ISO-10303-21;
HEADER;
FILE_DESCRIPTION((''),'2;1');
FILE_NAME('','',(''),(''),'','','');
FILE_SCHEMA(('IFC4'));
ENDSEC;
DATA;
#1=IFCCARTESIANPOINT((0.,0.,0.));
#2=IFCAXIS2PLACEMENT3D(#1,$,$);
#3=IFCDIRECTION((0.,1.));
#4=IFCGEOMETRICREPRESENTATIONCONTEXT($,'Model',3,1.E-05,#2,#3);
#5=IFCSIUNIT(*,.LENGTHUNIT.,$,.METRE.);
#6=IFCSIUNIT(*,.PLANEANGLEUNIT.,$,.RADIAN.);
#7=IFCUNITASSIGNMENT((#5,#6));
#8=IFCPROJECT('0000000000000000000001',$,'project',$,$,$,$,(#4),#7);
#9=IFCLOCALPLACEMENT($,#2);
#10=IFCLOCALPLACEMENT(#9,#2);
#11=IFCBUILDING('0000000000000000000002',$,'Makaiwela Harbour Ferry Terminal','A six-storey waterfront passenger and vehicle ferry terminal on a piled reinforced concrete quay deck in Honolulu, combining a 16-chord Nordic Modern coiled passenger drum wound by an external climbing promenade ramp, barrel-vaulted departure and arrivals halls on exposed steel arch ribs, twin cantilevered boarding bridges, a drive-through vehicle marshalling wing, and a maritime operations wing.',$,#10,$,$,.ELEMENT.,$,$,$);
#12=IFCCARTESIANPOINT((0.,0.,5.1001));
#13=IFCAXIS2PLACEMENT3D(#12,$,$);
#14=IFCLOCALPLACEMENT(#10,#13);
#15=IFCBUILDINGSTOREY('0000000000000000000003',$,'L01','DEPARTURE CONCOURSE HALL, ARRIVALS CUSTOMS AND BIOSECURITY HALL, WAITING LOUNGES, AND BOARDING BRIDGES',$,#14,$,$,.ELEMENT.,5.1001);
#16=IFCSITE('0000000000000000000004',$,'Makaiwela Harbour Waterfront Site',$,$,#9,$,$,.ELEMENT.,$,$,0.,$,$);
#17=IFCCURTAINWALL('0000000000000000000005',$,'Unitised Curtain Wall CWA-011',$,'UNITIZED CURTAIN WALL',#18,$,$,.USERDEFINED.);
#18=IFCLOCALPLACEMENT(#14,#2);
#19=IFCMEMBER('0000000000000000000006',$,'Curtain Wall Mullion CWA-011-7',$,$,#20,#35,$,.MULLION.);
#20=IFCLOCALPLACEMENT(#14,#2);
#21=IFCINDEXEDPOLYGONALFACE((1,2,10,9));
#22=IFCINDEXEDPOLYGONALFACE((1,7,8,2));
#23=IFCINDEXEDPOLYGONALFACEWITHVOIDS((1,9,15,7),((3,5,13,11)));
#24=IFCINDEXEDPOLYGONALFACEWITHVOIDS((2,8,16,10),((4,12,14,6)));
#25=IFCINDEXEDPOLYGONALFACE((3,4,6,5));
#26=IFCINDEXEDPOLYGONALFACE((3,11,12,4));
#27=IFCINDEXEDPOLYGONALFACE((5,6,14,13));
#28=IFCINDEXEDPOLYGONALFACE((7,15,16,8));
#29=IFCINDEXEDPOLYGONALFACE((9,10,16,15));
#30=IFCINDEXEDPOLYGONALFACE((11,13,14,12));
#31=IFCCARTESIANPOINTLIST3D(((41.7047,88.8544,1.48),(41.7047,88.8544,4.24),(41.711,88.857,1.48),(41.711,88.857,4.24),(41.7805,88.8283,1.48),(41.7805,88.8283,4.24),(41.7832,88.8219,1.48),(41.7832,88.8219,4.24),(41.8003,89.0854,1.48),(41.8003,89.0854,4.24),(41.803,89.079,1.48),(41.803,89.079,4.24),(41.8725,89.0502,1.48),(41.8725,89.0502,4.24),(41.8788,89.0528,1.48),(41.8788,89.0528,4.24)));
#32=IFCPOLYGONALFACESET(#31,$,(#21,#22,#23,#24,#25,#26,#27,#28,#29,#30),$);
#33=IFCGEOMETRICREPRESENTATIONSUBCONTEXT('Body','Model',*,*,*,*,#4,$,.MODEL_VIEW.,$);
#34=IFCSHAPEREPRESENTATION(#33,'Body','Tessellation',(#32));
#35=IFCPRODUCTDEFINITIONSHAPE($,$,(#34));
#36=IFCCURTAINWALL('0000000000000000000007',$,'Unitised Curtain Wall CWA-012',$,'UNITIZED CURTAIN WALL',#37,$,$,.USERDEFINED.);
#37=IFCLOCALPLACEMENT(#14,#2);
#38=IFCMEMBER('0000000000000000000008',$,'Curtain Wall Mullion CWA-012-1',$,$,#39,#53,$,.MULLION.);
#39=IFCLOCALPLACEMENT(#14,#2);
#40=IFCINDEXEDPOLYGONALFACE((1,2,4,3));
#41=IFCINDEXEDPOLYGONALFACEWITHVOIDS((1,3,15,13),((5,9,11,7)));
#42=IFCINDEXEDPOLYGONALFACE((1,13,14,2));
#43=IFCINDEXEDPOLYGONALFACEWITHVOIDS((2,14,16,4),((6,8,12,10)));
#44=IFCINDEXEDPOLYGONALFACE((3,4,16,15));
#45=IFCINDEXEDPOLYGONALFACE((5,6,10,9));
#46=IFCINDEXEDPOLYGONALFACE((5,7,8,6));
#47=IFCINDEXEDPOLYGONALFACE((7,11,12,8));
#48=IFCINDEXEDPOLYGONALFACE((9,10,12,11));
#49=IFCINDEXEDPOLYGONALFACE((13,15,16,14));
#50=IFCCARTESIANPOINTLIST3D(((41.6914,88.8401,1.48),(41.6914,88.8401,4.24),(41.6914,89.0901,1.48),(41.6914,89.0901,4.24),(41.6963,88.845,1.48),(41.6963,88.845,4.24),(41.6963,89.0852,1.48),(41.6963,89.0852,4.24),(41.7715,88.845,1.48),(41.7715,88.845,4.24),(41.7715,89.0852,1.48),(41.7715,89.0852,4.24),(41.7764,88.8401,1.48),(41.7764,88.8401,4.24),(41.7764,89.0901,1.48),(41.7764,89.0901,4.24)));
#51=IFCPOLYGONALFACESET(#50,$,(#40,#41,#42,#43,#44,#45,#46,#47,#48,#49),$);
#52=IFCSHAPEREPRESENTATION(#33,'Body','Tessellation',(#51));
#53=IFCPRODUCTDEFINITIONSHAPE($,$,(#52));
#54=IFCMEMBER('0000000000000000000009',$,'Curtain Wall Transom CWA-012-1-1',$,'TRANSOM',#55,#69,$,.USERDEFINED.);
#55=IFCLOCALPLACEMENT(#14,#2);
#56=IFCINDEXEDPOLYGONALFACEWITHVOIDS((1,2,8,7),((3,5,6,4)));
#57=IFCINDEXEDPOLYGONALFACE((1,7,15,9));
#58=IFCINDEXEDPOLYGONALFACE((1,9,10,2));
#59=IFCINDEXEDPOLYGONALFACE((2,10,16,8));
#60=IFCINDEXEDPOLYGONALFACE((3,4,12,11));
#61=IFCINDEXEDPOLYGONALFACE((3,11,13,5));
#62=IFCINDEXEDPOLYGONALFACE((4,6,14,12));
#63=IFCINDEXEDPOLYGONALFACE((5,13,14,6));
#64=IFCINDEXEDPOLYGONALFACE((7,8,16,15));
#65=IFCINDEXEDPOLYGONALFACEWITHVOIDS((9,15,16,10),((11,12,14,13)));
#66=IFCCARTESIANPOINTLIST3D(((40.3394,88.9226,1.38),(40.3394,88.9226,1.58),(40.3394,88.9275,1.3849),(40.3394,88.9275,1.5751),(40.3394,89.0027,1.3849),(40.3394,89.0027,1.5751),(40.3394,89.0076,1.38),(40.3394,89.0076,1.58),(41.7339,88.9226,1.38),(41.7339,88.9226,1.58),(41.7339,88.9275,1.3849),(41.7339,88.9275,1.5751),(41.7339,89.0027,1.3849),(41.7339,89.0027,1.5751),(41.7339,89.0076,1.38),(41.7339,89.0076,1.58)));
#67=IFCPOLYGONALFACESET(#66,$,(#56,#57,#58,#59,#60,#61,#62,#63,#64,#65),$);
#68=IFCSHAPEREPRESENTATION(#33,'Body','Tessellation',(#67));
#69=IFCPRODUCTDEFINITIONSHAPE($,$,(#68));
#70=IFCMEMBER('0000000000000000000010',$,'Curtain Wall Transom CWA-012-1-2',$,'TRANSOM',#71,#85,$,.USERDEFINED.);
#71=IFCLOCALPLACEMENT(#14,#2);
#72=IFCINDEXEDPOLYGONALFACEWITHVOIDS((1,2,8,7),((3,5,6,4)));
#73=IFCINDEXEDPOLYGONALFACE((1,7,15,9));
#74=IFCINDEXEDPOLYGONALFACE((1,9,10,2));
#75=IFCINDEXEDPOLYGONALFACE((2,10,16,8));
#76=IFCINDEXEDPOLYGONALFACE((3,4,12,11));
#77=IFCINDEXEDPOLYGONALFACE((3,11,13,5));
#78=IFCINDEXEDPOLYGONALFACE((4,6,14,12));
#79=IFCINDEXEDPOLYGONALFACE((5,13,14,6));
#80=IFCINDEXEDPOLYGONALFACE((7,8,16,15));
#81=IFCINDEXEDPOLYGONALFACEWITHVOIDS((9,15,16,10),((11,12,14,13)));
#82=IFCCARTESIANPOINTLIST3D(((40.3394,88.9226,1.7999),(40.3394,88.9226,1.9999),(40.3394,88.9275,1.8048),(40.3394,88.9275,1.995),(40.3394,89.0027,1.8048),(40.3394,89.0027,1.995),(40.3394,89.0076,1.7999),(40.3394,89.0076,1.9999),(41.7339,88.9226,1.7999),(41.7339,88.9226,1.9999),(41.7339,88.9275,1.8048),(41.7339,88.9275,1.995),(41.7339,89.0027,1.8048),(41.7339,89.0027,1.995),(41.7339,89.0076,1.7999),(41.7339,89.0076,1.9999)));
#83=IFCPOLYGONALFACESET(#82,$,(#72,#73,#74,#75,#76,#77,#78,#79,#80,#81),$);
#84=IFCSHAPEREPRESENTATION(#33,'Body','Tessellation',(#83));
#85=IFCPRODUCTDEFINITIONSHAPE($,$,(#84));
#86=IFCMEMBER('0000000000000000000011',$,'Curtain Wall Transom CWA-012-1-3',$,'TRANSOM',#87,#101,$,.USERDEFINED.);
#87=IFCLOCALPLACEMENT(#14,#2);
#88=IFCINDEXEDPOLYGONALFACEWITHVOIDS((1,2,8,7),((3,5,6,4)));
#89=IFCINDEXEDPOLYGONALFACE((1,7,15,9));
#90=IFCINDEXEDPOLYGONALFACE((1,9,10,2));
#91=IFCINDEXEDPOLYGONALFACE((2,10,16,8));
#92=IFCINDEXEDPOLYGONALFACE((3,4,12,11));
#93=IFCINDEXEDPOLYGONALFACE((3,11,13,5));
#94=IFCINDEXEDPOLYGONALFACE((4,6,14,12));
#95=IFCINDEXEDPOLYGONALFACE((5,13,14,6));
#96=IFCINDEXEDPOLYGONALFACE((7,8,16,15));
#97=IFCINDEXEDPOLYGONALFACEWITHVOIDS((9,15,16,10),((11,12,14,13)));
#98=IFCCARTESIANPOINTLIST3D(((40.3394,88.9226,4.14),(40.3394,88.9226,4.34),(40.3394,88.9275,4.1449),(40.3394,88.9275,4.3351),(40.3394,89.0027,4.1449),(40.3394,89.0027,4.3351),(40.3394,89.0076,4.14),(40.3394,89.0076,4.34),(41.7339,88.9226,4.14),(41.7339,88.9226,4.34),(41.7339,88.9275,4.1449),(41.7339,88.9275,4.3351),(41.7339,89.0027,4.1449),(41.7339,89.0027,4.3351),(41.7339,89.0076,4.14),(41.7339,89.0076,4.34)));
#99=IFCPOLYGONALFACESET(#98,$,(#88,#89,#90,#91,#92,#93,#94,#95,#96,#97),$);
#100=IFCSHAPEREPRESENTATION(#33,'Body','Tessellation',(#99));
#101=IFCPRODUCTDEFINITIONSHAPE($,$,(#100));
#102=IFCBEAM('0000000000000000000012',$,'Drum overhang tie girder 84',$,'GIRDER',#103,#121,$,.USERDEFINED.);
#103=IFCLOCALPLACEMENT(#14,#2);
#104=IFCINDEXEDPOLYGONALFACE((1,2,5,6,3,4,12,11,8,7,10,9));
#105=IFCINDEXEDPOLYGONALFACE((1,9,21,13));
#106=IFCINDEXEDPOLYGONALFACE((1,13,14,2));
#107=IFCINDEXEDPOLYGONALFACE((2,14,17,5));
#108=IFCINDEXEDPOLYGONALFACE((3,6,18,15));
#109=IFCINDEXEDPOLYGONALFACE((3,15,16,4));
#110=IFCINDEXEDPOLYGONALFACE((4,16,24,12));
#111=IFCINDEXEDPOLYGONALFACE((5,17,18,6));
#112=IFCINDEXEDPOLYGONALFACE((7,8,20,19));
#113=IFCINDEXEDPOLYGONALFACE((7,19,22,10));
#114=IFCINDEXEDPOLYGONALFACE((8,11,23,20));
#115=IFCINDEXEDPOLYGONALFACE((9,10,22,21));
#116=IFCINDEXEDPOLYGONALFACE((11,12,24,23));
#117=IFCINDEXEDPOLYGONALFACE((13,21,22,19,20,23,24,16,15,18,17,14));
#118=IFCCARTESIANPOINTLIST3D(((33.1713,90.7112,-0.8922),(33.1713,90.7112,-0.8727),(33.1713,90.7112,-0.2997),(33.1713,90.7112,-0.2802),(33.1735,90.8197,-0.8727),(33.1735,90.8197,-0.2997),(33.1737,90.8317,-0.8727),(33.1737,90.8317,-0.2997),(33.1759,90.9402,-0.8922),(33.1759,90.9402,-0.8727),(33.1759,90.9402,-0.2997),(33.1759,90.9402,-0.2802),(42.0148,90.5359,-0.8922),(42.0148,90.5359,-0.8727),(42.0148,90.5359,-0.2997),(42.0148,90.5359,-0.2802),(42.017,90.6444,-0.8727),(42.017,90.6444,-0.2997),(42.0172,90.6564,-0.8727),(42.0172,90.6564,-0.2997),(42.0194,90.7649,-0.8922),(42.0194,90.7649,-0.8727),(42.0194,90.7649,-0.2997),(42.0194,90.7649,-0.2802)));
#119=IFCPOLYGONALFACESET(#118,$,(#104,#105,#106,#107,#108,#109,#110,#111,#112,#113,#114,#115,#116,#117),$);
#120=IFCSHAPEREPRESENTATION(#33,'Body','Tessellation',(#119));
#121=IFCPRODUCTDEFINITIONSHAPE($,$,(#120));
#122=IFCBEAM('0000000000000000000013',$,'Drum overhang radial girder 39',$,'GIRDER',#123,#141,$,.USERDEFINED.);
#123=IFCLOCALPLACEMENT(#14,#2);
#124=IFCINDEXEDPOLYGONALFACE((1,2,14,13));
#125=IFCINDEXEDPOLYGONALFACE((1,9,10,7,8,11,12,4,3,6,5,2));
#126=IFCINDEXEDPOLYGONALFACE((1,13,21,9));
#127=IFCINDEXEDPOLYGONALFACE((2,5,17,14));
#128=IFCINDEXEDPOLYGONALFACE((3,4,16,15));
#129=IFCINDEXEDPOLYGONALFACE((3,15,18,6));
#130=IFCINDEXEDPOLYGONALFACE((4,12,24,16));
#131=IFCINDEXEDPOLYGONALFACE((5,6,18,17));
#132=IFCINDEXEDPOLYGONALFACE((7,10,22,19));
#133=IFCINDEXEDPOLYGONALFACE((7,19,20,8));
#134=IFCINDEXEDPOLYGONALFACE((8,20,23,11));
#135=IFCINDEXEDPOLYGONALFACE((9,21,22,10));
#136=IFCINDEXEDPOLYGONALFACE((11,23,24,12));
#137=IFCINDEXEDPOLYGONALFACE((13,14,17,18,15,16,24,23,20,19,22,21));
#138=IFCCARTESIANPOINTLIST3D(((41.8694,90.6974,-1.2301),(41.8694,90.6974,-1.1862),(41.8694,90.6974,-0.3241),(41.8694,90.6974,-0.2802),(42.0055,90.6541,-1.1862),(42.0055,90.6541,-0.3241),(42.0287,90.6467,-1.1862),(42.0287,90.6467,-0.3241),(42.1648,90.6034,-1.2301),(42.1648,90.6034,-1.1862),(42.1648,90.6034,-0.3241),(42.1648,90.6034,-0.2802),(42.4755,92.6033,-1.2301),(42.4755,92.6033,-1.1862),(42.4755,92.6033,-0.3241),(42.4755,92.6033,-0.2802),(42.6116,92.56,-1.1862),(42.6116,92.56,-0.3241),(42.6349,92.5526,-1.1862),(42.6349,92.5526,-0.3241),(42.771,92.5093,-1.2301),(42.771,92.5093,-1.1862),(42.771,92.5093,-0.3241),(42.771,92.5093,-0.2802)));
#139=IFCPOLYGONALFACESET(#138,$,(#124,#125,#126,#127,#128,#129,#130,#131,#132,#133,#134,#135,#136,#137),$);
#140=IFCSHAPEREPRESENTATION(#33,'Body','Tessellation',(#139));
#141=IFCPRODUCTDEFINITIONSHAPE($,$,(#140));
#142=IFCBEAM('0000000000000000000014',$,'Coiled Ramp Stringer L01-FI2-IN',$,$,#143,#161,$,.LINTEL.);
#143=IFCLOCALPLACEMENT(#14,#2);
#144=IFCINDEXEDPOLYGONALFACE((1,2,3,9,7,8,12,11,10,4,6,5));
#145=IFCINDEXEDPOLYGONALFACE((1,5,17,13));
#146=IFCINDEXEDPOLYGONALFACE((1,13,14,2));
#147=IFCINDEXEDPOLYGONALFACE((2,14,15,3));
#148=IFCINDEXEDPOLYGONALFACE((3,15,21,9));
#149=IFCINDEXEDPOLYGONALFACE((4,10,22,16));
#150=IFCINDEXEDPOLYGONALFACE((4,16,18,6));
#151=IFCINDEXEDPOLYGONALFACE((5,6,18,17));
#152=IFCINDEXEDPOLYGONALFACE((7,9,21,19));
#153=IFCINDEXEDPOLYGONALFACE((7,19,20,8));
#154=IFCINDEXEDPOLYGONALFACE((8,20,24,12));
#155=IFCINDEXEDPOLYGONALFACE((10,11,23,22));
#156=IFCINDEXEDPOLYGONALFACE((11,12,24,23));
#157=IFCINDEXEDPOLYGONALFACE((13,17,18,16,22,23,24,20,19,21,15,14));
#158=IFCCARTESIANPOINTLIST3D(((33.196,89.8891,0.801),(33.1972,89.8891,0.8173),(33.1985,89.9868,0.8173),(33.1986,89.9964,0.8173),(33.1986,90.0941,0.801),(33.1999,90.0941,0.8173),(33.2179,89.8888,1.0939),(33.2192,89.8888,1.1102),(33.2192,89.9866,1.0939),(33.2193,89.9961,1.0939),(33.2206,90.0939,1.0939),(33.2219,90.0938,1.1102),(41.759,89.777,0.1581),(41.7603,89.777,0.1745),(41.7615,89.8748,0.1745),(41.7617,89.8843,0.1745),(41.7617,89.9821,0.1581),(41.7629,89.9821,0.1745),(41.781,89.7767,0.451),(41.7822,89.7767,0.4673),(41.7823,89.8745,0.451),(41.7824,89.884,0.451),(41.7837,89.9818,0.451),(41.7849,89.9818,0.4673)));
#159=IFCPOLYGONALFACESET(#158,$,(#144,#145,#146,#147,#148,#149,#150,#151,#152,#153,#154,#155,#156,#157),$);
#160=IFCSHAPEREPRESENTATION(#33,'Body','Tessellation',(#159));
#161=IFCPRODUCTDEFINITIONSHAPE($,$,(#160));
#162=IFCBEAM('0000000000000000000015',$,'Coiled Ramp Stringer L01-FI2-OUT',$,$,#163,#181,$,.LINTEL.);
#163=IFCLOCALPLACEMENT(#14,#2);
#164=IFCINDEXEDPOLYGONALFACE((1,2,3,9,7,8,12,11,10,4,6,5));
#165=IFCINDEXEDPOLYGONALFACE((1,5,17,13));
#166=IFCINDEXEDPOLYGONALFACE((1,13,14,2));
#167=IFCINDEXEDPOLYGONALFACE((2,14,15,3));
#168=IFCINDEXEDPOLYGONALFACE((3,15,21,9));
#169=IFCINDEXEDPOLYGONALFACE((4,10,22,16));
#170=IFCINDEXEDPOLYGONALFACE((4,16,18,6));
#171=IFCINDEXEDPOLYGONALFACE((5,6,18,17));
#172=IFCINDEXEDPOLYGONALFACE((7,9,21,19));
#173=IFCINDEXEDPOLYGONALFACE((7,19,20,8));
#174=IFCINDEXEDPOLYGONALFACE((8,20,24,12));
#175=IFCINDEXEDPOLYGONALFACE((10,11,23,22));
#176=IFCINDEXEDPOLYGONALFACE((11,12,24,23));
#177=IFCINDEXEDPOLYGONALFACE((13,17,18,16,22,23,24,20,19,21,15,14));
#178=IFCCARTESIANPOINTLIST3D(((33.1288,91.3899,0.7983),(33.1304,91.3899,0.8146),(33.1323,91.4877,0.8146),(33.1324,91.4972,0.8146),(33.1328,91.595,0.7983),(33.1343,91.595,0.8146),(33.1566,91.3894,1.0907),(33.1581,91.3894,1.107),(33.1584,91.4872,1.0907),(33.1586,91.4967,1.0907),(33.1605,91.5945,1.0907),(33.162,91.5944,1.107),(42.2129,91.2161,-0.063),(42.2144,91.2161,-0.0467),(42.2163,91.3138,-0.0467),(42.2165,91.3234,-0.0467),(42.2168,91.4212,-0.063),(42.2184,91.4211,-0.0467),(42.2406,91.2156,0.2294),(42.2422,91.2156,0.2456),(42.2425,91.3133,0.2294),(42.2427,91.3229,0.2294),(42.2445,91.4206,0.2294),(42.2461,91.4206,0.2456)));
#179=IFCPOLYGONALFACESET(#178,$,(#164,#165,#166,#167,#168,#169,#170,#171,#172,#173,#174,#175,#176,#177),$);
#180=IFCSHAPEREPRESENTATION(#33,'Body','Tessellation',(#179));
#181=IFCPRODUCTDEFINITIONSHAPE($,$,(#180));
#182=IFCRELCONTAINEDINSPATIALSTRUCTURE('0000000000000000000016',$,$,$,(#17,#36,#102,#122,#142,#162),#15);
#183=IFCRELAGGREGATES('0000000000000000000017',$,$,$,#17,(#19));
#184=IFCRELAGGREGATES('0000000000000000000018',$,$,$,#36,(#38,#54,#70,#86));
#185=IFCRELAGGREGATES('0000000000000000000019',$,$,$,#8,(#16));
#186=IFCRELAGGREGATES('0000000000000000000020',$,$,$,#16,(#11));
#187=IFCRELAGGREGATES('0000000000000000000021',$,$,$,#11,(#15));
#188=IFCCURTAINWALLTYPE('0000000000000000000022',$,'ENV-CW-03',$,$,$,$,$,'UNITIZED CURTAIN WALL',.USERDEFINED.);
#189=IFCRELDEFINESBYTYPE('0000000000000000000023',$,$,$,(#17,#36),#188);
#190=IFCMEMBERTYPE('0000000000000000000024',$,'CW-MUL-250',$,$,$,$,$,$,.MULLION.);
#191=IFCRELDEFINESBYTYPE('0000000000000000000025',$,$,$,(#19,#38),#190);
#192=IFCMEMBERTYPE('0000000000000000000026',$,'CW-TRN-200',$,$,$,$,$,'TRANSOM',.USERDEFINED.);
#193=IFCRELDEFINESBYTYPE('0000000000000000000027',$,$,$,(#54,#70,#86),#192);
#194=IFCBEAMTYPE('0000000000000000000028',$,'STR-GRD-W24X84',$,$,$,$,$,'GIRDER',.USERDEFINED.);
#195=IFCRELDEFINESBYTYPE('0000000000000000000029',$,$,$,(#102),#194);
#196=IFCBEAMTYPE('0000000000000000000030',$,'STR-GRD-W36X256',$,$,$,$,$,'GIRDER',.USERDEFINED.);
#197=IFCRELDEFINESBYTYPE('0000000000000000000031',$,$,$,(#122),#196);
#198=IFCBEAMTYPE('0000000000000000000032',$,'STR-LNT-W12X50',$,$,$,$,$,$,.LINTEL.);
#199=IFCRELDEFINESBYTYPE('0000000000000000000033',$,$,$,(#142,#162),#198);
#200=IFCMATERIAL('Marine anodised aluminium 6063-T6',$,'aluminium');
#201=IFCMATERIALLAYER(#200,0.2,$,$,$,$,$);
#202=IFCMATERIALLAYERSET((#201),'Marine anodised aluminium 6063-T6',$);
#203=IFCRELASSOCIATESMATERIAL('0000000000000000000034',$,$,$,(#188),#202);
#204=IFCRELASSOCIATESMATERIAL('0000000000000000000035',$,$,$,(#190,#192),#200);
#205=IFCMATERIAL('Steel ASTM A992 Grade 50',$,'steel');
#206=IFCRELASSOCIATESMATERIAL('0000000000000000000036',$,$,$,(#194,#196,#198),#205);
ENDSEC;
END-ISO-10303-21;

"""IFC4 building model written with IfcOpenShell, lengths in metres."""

from ifc_helpers import new_model, si_unit, direction, frame, origin, origin_2d, place, context, subcontext, project, spatial, hollow_rectangle, i_section, extrude, material, layer, layer_set, material_profile, profile_set, type_object, element, aggregate, save


model = new_model("IFC4")

# Units and contexts
model_context = context("Model", 3, precision=1e-05, world=origin(), true_north=direction((0.0, 1.0)))
body_context = subcontext(model_context, "Body", "Model", "MODEL_VIEW")
ifc_project = project(units=[si_unit("LENGTHUNIT", "METRE"), si_unit("PLANEANGLEUNIT", "RADIAN")], contexts=[model_context])

# Site, building, storey
site_placement = place(None, origin())
site = spatial("IfcSite", under=ifc_project, at=site_placement, Name="Makaiwela Harbour Waterfront Site", CompositionType="ELEMENT", RefElevation=0.0)
building_placement = place(site_placement, origin())
building = spatial("IfcBuilding", under=site, at=building_placement, Name="Makaiwela Harbour Ferry Terminal", Description="A six-storey waterfront passenger and vehicle ferry terminal on a piled reinforced concrete quay deck in Honolulu, combining a 16-chord Nordic Modern coiled passenger drum wound by an external climbing promenade ramp, barrel-vaulted departure and arrivals halls on exposed steel arch ribs, twin cantilevered boarding bridges, a drive-through vehicle marshalling wing, and a maritime operations wing.", CompositionType="ELEMENT")
storey_placement = place(building_placement, frame((0.0, 0.0, 5.1001)))
storey = spatial("IfcBuildingStorey", under=building, at=storey_placement, Name="L01", Description="DEPARTURE CONCOURSE HALL, ARRIVALS CUSTOMS AND BIOSECURITY HALL, WAITING LOUNGES, AND BOARDING BRIDGES", CompositionType="ELEMENT", Elevation=5.1001)

# Curtain wall, member
ifc_material_1 = material(Name="Marine anodised aluminium 6063-T6", Category="aluminium")
ifc_layer_1 = layer(ifc_material_1, 0.2)
ifc_layer_set_1 = layer_set([ifc_layer_1], Name="Marine anodised aluminium 6063-T6")
curtain_wall_type = type_object("IfcCurtainWallType", Name="ENV-CW-03", ElementType="UNITIZED CURTAIN WALL", PredefinedType="USERDEFINED", material=ifc_layer_set_1)
curtain_wall_1_placement = place(storey_placement, origin())
curtain_wall_1 = element("IfcCurtainWall", 1, at=curtain_wall_1_placement, inside=storey, type_object=curtain_wall_type, Name="Unitised Curtain Wall CWA-011", ObjectType="UNITIZED CURTAIN WALL", PredefinedType="USERDEFINED")
ifc_material_profile_1 = material_profile(ifc_material_1, hollow_rectangle(XDim=0.085, YDim=0.25, WallThickness=0.0049, at=origin_2d()), Name="CWM-250X85")
ifc_profile_set_1 = profile_set([ifc_material_profile_1], Name="Marine anodised aluminium 6063-T6")
member_type_1 = type_object("IfcMemberType", Name="CW-MUL-250", PredefinedType="MULLION", material=ifc_profile_set_1)
member_1_placement = place(storey_placement, frame((41.7917, 88.9536, 1.48), z_axis=(0.0, 0.0, 1.0), x_axis=(-0.92388, 0.382683, 0.0)))
member_1 = element("IfcMember", 2, at=member_1_placement, type_object=member_type_1, Name="Curtain Wall Mullion CWA-011-7", PredefinedType="MULLION", context=body_context, shape_type="SweptSolid", body=[
    extrude(hollow_rectangle(XDim=0.085, YDim=0.25, WallThickness=0.0049, at=origin_2d()), origin(), (0.0, 0.0, 1.0), 2.76),
])
aggregate(curtain_wall_1, [member_1])

# Curtain wall, members
curtain_wall_2_placement = place(storey_placement, origin())
curtain_wall_2 = element("IfcCurtainWall", 3, at=curtain_wall_2_placement, inside=storey, type_object=curtain_wall_type, Name="Unitised Curtain Wall CWA-012", ObjectType="UNITIZED CURTAIN WALL", PredefinedType="USERDEFINED")
member_2_placement = place(storey_placement, frame((41.7339, 88.9651, 1.48), z_axis=(0.0, 0.0, 1.0), x_axis=(1.0, 0.0, 0.0)))
member_2 = element("IfcMember", 4, at=member_2_placement, type_object=member_type_1, Name="Curtain Wall Mullion CWA-012-1", PredefinedType="MULLION", context=body_context, shape_type="SweptSolid", body=[
    extrude(hollow_rectangle(XDim=0.085, YDim=0.25, WallThickness=0.0049, at=origin_2d()), origin(), (0.0, 0.0, 1.0), 2.76),
])
ifc_material_profile_2 = material_profile(ifc_material_1, hollow_rectangle(XDim=0.085, YDim=0.2, WallThickness=0.0049, at=origin_2d()), Name="CWT-200X85")
ifc_profile_set_2 = profile_set([ifc_material_profile_2], Name="Marine anodised aluminium 6063-T6")
member_type_2 = type_object("IfcMemberType", Name="CW-TRN-200", ElementType="TRANSOM", PredefinedType="USERDEFINED", material=ifc_profile_set_2)
member_3_placement = place(storey_placement, frame((41.7339, 88.9651, 1.48), z_axis=(-1.0, 0.0, 0.0), x_axis=(0.0, -1.0, 0.0)))
member_3 = element("IfcMember", 5, at=member_3_placement, type_object=member_type_2, Name="Curtain Wall Transom CWA-012-1-1", ObjectType="TRANSOM", PredefinedType="USERDEFINED", context=body_context, shape_type="SweptSolid", body=[
    extrude(hollow_rectangle(XDim=0.085, YDim=0.2, WallThickness=0.0049, at=origin_2d()), origin(), (0.0, 0.0, 1.0), 1.3945),
])
member_4_placement = place(storey_placement, frame((41.7339, 88.9651, 1.8999), z_axis=(-1.0, 0.0, 0.0), x_axis=(0.0, -1.0, 0.0)))
member_4 = element("IfcMember", 6, at=member_4_placement, type_object=member_type_2, Name="Curtain Wall Transom CWA-012-1-2", ObjectType="TRANSOM", PredefinedType="USERDEFINED", context=body_context, shape_type="SweptSolid", body=[
    extrude(hollow_rectangle(XDim=0.085, YDim=0.2, WallThickness=0.0049, at=origin_2d()), origin(), (0.0, 0.0, 1.0), 1.3945),
])
member_5_placement = place(storey_placement, frame((41.7339, 88.9651, 4.24), z_axis=(-1.0, 0.0, 0.0), x_axis=(0.0, -1.0, 0.0)))
member_5 = element("IfcMember", 7, at=member_5_placement, type_object=member_type_2, Name="Curtain Wall Transom CWA-012-1-3", ObjectType="TRANSOM", PredefinedType="USERDEFINED", context=body_context, shape_type="SweptSolid", body=[
    extrude(hollow_rectangle(XDim=0.085, YDim=0.2, WallThickness=0.0049, at=origin_2d()), origin(), (0.0, 0.0, 1.0), 1.3945),
])
aggregate(curtain_wall_2, [member_2, member_3, member_4, member_5])

# Beams
ifc_material_2 = material(Name="Steel ASTM A992 Grade 50", Category="steel")
ifc_material_profile_3 = material_profile(ifc_material_2, i_section(OverallWidth=0.229, OverallDepth=0.6121, WebThickness=0.012, FlangeThickness=0.0195, at=origin_2d()), Name="W24X84")
ifc_profile_set_3 = profile_set([ifc_material_profile_3], Name="Steel ASTM A992 Grade 50")
beam_type_1 = type_object("IfcBeamType", Name="STR-GRD-W24X84", ElementType="GIRDER", PredefinedType="USERDEFINED", material=ifc_profile_set_3)
beam_1_placement = place(storey_placement, frame((42.0171, 90.6504, -0.5862), z_axis=(-0.999804, 0.019818, 0.0), x_axis=(-0.019818, -0.999804, 0.0)))
element("IfcBeam", 8, at=beam_1_placement, inside=storey, type_object=beam_type_1, Name="Drum overhang tie girder 84", ObjectType="GIRDER", PredefinedType="USERDEFINED", context=body_context, shape_type="SweptSolid", body=[
    extrude(i_section(OverallWidth=0.229, OverallDepth=0.6121, WebThickness=0.012, FlangeThickness=0.0195, at=origin_2d()), origin(), (0.0, 0.0, 1.0), 8.8452),
])
ifc_material_profile_4 = material_profile(ifc_material_2, i_section(OverallWidth=0.3101, OverallDepth=0.95, WebThickness=0.0244, FlangeThickness=0.0439, at=origin_2d()), Name="W36X256")
ifc_profile_set_4 = profile_set([ifc_material_profile_4], Name="Steel ASTM A992 Grade 50")
beam_type_2 = type_object("IfcBeamType", Name="STR-GRD-W36X256", ElementType="GIRDER", PredefinedType="USERDEFINED", material=ifc_profile_set_4)
beam_2_placement = place(storey_placement, frame((42.0171, 90.6504, -0.7551), z_axis=(0.303088, 0.952963, 0.0), x_axis=(-0.952963, 0.303088, 0.0)))
element("IfcBeam", 9, at=beam_2_placement, inside=storey, type_object=beam_type_2, Name="Drum overhang radial girder 39", ObjectType="GIRDER", PredefinedType="USERDEFINED", context=body_context, shape_type="SweptSolid", body=[
    extrude(i_section(OverallWidth=0.3101, OverallDepth=0.95, WebThickness=0.0244, FlangeThickness=0.0439, at=origin_2d()), origin(), (0.0, 0.0, 1.0), 2.0),
])
ifc_material_profile_5 = material_profile(ifc_material_2, i_section(OverallWidth=0.2051, OverallDepth=0.3101, WebThickness=0.0095, FlangeThickness=0.0164, at=origin_2d()), Name="W12X50")
ifc_profile_set_5 = profile_set([ifc_material_profile_5], Name="Steel ASTM A992 Grade 50")
beam_type_3 = type_object("IfcBeamType", Name="STR-LNT-W12X50", PredefinedType="LINTEL", material=ifc_profile_set_5)
beam_3_placement = place(storey_placement, frame((41.772, 89.8794, 0.3127), z_axis=(-0.997109, 0.013049, 0.074853), x_axis=(-0.013085, -0.999914, 0.0)))
element("IfcBeam", 10, at=beam_3_placement, inside=storey, type_object=beam_type_3, Name="Coiled Ramp Stringer L01-FI2-IN", PredefinedType="LINTEL", context=body_context, shape_type="SweptSolid", body=[
    extrude(i_section(OverallWidth=0.2051, OverallDepth=0.3101, WebThickness=0.0095, FlangeThickness=0.0164, at=origin_2d()), origin(), (0.0, 0.0, 1.0), 8.5879),
])
beam_4_placement = place(storey_placement, frame((42.2295, 91.3184, 0.0913), z_axis=(-0.995354, 0.019047, 0.094378), x_axis=(-0.019132, -0.999817, 0.0)))
element("IfcBeam", 11, at=beam_4_placement, inside=storey, type_object=beam_type_3, Name="Coiled Ramp Stringer L01-FI2-OUT", PredefinedType="LINTEL", context=body_context, shape_type="SweptSolid", body=[
    extrude(i_section(OverallWidth=0.2051, OverallDepth=0.3101, WebThickness=0.0095, FlangeThickness=0.0164, at=origin_2d()), origin(), (0.0, 0.0, 1.0), 9.1265),
])

save(model, "model.ifc")
